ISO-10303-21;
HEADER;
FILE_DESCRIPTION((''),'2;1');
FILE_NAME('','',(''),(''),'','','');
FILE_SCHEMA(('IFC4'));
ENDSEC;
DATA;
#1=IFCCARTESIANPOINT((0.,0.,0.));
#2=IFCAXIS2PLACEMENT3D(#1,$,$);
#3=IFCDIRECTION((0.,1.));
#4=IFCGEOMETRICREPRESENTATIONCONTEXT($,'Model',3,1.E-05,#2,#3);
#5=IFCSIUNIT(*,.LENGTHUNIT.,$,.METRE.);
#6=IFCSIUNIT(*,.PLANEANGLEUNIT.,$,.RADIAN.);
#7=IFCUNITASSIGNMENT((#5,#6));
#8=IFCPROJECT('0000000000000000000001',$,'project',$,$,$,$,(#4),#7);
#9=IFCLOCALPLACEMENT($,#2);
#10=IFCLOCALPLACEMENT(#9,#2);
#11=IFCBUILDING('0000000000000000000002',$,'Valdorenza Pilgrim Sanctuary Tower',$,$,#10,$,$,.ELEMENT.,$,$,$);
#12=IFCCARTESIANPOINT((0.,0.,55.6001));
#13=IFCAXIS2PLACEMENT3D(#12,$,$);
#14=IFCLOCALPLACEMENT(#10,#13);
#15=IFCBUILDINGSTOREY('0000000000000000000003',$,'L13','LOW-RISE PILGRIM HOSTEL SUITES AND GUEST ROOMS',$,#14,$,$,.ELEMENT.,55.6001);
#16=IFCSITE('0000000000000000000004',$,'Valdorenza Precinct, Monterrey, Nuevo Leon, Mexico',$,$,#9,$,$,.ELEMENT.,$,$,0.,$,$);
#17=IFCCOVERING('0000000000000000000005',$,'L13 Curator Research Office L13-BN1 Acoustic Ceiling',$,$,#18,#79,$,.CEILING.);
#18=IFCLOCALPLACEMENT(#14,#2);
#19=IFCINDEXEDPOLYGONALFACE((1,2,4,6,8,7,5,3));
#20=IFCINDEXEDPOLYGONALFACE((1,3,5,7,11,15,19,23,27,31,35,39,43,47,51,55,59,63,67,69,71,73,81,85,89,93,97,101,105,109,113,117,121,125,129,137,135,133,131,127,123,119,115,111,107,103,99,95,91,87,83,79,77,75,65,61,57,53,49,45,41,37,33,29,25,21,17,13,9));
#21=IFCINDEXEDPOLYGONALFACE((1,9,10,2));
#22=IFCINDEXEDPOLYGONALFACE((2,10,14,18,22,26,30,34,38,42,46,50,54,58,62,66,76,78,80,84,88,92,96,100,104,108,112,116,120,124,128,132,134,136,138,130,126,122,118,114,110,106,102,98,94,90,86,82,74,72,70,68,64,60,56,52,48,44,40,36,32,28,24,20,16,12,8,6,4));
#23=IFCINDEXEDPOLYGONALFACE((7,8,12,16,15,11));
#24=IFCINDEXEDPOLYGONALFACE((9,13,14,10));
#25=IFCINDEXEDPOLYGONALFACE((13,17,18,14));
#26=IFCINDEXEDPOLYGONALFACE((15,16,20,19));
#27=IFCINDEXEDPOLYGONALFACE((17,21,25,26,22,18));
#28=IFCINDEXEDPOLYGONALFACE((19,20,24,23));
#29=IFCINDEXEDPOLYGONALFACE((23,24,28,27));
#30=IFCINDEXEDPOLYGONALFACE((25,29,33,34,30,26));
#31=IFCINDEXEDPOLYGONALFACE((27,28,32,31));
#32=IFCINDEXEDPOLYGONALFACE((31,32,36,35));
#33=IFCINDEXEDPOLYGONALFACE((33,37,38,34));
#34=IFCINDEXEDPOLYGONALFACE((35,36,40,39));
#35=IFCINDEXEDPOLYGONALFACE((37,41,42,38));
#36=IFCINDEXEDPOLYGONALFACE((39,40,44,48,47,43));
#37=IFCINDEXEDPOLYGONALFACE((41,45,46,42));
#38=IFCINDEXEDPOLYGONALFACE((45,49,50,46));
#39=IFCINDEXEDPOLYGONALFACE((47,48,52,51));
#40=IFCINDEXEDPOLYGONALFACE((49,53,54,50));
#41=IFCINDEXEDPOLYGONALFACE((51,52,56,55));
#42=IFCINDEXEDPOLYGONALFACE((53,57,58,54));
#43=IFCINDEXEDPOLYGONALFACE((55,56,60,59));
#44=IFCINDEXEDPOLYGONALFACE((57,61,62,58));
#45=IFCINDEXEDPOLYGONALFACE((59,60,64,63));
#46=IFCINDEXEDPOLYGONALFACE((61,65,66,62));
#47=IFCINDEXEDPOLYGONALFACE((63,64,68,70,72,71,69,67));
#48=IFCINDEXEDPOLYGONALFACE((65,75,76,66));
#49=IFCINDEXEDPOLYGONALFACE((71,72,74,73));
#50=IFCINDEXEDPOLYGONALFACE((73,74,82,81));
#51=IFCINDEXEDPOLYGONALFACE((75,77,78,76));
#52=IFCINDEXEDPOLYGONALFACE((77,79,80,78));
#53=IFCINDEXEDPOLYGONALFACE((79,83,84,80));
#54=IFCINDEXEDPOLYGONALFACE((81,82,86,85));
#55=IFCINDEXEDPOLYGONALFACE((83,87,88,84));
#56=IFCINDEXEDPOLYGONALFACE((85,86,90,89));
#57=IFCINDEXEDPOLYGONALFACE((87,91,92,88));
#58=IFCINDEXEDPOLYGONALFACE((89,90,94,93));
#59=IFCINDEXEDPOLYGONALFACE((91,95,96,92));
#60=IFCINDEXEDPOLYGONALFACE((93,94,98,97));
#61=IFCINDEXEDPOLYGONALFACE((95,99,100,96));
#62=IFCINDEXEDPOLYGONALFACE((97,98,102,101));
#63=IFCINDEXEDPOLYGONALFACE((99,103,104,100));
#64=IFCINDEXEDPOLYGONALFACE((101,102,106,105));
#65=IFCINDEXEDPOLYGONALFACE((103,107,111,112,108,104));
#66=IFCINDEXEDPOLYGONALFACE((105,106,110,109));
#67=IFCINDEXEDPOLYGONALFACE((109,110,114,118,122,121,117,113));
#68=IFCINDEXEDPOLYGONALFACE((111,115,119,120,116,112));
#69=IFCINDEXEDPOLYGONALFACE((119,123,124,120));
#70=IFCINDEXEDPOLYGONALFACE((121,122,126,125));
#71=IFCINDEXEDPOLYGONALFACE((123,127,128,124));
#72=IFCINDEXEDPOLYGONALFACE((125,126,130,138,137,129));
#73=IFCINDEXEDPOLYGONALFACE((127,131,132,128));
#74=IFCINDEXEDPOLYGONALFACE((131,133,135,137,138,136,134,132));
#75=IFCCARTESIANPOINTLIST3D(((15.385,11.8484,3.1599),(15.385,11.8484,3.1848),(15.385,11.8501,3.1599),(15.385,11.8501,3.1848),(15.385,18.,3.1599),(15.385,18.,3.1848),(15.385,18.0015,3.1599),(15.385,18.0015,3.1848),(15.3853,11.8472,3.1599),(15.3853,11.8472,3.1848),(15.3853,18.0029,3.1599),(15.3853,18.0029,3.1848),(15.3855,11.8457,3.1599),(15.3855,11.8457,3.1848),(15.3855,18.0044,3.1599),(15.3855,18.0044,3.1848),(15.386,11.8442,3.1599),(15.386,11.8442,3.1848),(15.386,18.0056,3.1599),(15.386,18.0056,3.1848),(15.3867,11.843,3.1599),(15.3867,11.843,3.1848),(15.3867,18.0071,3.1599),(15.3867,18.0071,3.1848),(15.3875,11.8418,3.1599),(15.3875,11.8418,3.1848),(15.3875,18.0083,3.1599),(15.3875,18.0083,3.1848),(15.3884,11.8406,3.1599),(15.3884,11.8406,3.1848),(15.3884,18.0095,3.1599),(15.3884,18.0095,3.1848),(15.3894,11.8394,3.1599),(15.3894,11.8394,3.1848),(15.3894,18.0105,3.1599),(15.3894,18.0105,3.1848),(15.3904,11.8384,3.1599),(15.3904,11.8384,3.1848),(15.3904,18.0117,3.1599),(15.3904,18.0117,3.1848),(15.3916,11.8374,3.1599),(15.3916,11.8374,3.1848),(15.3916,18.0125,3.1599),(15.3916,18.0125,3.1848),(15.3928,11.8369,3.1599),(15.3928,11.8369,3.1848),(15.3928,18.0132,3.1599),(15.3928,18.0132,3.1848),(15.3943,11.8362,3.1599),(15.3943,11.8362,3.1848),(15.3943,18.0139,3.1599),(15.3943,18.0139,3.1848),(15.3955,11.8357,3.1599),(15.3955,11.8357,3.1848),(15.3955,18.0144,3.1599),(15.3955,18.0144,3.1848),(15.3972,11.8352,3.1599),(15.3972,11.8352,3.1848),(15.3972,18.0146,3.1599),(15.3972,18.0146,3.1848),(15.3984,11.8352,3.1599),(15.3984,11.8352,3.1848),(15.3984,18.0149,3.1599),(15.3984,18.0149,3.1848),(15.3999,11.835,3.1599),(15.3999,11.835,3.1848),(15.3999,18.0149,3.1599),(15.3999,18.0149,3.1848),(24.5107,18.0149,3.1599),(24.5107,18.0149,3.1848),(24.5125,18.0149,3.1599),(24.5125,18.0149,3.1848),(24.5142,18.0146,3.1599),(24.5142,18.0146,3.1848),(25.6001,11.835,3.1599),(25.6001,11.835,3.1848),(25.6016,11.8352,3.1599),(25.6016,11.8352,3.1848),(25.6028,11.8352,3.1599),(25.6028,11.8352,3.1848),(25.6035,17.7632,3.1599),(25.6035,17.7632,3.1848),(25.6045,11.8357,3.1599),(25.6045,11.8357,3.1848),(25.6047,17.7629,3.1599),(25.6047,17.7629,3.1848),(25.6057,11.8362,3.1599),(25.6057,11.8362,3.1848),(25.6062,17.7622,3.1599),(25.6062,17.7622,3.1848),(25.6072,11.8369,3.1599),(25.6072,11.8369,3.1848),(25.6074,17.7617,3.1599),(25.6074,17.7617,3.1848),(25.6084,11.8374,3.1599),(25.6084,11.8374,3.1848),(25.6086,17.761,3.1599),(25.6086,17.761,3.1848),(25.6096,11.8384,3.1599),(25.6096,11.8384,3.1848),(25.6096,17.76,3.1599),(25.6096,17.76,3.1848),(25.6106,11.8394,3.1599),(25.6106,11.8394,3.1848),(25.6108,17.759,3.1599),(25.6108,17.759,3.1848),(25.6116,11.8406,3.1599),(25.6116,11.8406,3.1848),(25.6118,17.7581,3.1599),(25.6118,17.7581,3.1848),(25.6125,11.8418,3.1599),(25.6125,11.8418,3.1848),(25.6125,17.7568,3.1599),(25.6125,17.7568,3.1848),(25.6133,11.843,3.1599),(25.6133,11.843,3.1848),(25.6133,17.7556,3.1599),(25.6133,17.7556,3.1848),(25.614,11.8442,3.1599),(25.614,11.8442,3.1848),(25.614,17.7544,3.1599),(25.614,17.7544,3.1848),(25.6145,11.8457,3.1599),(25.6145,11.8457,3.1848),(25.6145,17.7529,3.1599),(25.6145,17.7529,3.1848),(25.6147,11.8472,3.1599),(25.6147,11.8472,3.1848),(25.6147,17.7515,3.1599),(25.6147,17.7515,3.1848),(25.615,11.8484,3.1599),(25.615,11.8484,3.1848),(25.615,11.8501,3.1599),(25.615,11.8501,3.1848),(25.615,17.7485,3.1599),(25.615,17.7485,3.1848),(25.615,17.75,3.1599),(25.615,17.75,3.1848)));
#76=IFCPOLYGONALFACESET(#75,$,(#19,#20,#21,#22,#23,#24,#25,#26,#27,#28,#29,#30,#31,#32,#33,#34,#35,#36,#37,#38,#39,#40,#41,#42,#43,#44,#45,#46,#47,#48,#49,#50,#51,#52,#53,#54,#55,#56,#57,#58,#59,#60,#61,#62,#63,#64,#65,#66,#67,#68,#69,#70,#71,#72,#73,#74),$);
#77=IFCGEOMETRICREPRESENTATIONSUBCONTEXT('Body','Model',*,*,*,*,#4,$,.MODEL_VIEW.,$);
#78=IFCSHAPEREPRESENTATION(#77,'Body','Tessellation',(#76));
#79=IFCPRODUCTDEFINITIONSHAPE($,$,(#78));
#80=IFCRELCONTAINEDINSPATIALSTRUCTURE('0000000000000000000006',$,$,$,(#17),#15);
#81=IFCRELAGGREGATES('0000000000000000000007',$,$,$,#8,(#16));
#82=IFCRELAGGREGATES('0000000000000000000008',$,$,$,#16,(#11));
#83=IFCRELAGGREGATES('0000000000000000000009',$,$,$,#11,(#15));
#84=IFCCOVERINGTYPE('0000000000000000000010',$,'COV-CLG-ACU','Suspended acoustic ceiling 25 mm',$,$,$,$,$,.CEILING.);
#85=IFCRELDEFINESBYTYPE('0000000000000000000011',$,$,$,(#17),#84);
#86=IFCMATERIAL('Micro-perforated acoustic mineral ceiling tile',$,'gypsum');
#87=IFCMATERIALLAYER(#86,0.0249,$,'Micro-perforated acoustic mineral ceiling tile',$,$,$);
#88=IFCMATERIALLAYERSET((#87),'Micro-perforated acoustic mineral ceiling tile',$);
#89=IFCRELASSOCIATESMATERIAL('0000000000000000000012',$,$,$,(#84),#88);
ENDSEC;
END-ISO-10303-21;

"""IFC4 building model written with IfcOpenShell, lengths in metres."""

from ifc_helpers import new_model, si_unit, direction, frame, origin, place, context, subcontext, project, spatial, polyline, outline, extrude, material, layer, layer_set, type_object, element, save


model = new_model("IFC4")

# Units and contexts
model_context = context("Model", 3, precision=1e-05, world=origin(), true_north=direction((0.0, 1.0)))
body_context = subcontext(model_context, "Body", "Model", "MODEL_VIEW")
ifc_project = project(units=[si_unit("LENGTHUNIT", "METRE"), si_unit("PLANEANGLEUNIT", "RADIAN")], contexts=[model_context])

# Site, building, storey
site_placement = place(None, origin())
site = spatial("IfcSite", under=ifc_project, at=site_placement, Name="Valdorenza Precinct, Monterrey, Nuevo Leon, Mexico", CompositionType="ELEMENT", RefElevation=0.0)
building_placement = place(site_placement, origin())
building = spatial("IfcBuilding", under=site, at=building_placement, Name="Valdorenza Pilgrim Sanctuary Tower", CompositionType="ELEMENT")
storey_placement = place(building_placement, frame((0.0, 0.0, 55.6001)))
storey = spatial("IfcBuildingStorey", under=building, at=storey_placement, Name="L13", Description="LOW-RISE PILGRIM HOSTEL SUITES AND GUEST ROOMS", CompositionType="ELEMENT", Elevation=55.6001)

# Covering
ifc_material_1 = material(Name="Micro-perforated acoustic mineral ceiling tile", Category="gypsum")
ifc_layer_1 = layer(ifc_material_1, 0.0249, Name="Micro-perforated acoustic mineral ceiling tile")
ifc_layer_set_1 = layer_set([ifc_layer_1], Name="Micro-perforated acoustic mineral ceiling tile")
covering_type_1 = type_object("IfcCoveringType", Name="COV-CLG-ACU", Description="Suspended acoustic ceiling 25 mm", PredefinedType="CEILING", material=ifc_layer_set_1)
covering_1_placement = place(storey_placement, frame((0.0, 0.0, 3.1599)))
element("IfcCovering", 1, at=covering_1_placement, inside=storey, type_object=covering_type_1, Name="L13 Curator Research Office L13-BN1 Acoustic Ceiling", PredefinedType="CEILING", context=body_context, shape_type="SweptSolid", body=[
    extrude(outline(polyline([(15.3999, 11.835), (15.3984, 11.8352), (15.3972, 11.8352), (15.3955, 11.8357), (15.3943, 11.8362), (15.3928, 11.8369), (15.3916, 11.8374), (15.3904, 11.8384), (15.3894, 11.8394), (15.3884, 11.8406), (15.3875, 11.8418), (15.3867, 11.843), (15.386, 11.8442), (15.3855, 11.8457), (15.3853, 11.8472), (15.385, 11.8484), (15.385, 11.8501), (15.385, 18.0), (15.385, 18.0015), (15.3853, 18.0029), (15.3855, 18.0044), (15.386, 18.0056), (15.3867, 18.0071), (15.3875, 18.0083), (15.3884, 18.0095), (15.3894, 18.0105), (15.3904, 18.0117), (15.3916, 18.0125), (15.3928, 18.0132), (15.3943, 18.0139), (15.3955, 18.0144), (15.3972, 18.0146), (15.3984, 18.0149), (15.3999, 18.0149), (24.5107, 18.0149), (24.5125, 18.0149), (24.5142, 18.0146), (25.6035, 17.7632), (25.6047, 17.7629), (25.6062, 17.7622), (25.6074, 17.7617), (25.6086, 17.761), (25.6096, 17.76), (25.6108, 17.759), (25.6118, 17.7581), (25.6125, 17.7568), (25.6133, 17.7556), (25.614, 17.7544), (25.6145, 17.7529), (25.6147, 17.7515), (25.615, 17.75), (25.615, 17.7485), (25.615, 11.8501), (25.615, 11.8484), (25.6147, 11.8472), (25.6145, 11.8457), (25.614, 11.8442), (25.6133, 11.843), (25.6125, 11.8418), (25.6116, 11.8406), (25.6106, 11.8394), (25.6096, 11.8384), (25.6084, 11.8374), (25.6072, 11.8369), (25.6057, 11.8362), (25.6045, 11.8357), (25.6028, 11.8352), (25.6016, 11.8352), (25.6001, 11.835), (15.3999, 11.835)])), origin(), (0.0, 0.0, 1.0), 0.0249),
])

save(model, "model.ifc")
